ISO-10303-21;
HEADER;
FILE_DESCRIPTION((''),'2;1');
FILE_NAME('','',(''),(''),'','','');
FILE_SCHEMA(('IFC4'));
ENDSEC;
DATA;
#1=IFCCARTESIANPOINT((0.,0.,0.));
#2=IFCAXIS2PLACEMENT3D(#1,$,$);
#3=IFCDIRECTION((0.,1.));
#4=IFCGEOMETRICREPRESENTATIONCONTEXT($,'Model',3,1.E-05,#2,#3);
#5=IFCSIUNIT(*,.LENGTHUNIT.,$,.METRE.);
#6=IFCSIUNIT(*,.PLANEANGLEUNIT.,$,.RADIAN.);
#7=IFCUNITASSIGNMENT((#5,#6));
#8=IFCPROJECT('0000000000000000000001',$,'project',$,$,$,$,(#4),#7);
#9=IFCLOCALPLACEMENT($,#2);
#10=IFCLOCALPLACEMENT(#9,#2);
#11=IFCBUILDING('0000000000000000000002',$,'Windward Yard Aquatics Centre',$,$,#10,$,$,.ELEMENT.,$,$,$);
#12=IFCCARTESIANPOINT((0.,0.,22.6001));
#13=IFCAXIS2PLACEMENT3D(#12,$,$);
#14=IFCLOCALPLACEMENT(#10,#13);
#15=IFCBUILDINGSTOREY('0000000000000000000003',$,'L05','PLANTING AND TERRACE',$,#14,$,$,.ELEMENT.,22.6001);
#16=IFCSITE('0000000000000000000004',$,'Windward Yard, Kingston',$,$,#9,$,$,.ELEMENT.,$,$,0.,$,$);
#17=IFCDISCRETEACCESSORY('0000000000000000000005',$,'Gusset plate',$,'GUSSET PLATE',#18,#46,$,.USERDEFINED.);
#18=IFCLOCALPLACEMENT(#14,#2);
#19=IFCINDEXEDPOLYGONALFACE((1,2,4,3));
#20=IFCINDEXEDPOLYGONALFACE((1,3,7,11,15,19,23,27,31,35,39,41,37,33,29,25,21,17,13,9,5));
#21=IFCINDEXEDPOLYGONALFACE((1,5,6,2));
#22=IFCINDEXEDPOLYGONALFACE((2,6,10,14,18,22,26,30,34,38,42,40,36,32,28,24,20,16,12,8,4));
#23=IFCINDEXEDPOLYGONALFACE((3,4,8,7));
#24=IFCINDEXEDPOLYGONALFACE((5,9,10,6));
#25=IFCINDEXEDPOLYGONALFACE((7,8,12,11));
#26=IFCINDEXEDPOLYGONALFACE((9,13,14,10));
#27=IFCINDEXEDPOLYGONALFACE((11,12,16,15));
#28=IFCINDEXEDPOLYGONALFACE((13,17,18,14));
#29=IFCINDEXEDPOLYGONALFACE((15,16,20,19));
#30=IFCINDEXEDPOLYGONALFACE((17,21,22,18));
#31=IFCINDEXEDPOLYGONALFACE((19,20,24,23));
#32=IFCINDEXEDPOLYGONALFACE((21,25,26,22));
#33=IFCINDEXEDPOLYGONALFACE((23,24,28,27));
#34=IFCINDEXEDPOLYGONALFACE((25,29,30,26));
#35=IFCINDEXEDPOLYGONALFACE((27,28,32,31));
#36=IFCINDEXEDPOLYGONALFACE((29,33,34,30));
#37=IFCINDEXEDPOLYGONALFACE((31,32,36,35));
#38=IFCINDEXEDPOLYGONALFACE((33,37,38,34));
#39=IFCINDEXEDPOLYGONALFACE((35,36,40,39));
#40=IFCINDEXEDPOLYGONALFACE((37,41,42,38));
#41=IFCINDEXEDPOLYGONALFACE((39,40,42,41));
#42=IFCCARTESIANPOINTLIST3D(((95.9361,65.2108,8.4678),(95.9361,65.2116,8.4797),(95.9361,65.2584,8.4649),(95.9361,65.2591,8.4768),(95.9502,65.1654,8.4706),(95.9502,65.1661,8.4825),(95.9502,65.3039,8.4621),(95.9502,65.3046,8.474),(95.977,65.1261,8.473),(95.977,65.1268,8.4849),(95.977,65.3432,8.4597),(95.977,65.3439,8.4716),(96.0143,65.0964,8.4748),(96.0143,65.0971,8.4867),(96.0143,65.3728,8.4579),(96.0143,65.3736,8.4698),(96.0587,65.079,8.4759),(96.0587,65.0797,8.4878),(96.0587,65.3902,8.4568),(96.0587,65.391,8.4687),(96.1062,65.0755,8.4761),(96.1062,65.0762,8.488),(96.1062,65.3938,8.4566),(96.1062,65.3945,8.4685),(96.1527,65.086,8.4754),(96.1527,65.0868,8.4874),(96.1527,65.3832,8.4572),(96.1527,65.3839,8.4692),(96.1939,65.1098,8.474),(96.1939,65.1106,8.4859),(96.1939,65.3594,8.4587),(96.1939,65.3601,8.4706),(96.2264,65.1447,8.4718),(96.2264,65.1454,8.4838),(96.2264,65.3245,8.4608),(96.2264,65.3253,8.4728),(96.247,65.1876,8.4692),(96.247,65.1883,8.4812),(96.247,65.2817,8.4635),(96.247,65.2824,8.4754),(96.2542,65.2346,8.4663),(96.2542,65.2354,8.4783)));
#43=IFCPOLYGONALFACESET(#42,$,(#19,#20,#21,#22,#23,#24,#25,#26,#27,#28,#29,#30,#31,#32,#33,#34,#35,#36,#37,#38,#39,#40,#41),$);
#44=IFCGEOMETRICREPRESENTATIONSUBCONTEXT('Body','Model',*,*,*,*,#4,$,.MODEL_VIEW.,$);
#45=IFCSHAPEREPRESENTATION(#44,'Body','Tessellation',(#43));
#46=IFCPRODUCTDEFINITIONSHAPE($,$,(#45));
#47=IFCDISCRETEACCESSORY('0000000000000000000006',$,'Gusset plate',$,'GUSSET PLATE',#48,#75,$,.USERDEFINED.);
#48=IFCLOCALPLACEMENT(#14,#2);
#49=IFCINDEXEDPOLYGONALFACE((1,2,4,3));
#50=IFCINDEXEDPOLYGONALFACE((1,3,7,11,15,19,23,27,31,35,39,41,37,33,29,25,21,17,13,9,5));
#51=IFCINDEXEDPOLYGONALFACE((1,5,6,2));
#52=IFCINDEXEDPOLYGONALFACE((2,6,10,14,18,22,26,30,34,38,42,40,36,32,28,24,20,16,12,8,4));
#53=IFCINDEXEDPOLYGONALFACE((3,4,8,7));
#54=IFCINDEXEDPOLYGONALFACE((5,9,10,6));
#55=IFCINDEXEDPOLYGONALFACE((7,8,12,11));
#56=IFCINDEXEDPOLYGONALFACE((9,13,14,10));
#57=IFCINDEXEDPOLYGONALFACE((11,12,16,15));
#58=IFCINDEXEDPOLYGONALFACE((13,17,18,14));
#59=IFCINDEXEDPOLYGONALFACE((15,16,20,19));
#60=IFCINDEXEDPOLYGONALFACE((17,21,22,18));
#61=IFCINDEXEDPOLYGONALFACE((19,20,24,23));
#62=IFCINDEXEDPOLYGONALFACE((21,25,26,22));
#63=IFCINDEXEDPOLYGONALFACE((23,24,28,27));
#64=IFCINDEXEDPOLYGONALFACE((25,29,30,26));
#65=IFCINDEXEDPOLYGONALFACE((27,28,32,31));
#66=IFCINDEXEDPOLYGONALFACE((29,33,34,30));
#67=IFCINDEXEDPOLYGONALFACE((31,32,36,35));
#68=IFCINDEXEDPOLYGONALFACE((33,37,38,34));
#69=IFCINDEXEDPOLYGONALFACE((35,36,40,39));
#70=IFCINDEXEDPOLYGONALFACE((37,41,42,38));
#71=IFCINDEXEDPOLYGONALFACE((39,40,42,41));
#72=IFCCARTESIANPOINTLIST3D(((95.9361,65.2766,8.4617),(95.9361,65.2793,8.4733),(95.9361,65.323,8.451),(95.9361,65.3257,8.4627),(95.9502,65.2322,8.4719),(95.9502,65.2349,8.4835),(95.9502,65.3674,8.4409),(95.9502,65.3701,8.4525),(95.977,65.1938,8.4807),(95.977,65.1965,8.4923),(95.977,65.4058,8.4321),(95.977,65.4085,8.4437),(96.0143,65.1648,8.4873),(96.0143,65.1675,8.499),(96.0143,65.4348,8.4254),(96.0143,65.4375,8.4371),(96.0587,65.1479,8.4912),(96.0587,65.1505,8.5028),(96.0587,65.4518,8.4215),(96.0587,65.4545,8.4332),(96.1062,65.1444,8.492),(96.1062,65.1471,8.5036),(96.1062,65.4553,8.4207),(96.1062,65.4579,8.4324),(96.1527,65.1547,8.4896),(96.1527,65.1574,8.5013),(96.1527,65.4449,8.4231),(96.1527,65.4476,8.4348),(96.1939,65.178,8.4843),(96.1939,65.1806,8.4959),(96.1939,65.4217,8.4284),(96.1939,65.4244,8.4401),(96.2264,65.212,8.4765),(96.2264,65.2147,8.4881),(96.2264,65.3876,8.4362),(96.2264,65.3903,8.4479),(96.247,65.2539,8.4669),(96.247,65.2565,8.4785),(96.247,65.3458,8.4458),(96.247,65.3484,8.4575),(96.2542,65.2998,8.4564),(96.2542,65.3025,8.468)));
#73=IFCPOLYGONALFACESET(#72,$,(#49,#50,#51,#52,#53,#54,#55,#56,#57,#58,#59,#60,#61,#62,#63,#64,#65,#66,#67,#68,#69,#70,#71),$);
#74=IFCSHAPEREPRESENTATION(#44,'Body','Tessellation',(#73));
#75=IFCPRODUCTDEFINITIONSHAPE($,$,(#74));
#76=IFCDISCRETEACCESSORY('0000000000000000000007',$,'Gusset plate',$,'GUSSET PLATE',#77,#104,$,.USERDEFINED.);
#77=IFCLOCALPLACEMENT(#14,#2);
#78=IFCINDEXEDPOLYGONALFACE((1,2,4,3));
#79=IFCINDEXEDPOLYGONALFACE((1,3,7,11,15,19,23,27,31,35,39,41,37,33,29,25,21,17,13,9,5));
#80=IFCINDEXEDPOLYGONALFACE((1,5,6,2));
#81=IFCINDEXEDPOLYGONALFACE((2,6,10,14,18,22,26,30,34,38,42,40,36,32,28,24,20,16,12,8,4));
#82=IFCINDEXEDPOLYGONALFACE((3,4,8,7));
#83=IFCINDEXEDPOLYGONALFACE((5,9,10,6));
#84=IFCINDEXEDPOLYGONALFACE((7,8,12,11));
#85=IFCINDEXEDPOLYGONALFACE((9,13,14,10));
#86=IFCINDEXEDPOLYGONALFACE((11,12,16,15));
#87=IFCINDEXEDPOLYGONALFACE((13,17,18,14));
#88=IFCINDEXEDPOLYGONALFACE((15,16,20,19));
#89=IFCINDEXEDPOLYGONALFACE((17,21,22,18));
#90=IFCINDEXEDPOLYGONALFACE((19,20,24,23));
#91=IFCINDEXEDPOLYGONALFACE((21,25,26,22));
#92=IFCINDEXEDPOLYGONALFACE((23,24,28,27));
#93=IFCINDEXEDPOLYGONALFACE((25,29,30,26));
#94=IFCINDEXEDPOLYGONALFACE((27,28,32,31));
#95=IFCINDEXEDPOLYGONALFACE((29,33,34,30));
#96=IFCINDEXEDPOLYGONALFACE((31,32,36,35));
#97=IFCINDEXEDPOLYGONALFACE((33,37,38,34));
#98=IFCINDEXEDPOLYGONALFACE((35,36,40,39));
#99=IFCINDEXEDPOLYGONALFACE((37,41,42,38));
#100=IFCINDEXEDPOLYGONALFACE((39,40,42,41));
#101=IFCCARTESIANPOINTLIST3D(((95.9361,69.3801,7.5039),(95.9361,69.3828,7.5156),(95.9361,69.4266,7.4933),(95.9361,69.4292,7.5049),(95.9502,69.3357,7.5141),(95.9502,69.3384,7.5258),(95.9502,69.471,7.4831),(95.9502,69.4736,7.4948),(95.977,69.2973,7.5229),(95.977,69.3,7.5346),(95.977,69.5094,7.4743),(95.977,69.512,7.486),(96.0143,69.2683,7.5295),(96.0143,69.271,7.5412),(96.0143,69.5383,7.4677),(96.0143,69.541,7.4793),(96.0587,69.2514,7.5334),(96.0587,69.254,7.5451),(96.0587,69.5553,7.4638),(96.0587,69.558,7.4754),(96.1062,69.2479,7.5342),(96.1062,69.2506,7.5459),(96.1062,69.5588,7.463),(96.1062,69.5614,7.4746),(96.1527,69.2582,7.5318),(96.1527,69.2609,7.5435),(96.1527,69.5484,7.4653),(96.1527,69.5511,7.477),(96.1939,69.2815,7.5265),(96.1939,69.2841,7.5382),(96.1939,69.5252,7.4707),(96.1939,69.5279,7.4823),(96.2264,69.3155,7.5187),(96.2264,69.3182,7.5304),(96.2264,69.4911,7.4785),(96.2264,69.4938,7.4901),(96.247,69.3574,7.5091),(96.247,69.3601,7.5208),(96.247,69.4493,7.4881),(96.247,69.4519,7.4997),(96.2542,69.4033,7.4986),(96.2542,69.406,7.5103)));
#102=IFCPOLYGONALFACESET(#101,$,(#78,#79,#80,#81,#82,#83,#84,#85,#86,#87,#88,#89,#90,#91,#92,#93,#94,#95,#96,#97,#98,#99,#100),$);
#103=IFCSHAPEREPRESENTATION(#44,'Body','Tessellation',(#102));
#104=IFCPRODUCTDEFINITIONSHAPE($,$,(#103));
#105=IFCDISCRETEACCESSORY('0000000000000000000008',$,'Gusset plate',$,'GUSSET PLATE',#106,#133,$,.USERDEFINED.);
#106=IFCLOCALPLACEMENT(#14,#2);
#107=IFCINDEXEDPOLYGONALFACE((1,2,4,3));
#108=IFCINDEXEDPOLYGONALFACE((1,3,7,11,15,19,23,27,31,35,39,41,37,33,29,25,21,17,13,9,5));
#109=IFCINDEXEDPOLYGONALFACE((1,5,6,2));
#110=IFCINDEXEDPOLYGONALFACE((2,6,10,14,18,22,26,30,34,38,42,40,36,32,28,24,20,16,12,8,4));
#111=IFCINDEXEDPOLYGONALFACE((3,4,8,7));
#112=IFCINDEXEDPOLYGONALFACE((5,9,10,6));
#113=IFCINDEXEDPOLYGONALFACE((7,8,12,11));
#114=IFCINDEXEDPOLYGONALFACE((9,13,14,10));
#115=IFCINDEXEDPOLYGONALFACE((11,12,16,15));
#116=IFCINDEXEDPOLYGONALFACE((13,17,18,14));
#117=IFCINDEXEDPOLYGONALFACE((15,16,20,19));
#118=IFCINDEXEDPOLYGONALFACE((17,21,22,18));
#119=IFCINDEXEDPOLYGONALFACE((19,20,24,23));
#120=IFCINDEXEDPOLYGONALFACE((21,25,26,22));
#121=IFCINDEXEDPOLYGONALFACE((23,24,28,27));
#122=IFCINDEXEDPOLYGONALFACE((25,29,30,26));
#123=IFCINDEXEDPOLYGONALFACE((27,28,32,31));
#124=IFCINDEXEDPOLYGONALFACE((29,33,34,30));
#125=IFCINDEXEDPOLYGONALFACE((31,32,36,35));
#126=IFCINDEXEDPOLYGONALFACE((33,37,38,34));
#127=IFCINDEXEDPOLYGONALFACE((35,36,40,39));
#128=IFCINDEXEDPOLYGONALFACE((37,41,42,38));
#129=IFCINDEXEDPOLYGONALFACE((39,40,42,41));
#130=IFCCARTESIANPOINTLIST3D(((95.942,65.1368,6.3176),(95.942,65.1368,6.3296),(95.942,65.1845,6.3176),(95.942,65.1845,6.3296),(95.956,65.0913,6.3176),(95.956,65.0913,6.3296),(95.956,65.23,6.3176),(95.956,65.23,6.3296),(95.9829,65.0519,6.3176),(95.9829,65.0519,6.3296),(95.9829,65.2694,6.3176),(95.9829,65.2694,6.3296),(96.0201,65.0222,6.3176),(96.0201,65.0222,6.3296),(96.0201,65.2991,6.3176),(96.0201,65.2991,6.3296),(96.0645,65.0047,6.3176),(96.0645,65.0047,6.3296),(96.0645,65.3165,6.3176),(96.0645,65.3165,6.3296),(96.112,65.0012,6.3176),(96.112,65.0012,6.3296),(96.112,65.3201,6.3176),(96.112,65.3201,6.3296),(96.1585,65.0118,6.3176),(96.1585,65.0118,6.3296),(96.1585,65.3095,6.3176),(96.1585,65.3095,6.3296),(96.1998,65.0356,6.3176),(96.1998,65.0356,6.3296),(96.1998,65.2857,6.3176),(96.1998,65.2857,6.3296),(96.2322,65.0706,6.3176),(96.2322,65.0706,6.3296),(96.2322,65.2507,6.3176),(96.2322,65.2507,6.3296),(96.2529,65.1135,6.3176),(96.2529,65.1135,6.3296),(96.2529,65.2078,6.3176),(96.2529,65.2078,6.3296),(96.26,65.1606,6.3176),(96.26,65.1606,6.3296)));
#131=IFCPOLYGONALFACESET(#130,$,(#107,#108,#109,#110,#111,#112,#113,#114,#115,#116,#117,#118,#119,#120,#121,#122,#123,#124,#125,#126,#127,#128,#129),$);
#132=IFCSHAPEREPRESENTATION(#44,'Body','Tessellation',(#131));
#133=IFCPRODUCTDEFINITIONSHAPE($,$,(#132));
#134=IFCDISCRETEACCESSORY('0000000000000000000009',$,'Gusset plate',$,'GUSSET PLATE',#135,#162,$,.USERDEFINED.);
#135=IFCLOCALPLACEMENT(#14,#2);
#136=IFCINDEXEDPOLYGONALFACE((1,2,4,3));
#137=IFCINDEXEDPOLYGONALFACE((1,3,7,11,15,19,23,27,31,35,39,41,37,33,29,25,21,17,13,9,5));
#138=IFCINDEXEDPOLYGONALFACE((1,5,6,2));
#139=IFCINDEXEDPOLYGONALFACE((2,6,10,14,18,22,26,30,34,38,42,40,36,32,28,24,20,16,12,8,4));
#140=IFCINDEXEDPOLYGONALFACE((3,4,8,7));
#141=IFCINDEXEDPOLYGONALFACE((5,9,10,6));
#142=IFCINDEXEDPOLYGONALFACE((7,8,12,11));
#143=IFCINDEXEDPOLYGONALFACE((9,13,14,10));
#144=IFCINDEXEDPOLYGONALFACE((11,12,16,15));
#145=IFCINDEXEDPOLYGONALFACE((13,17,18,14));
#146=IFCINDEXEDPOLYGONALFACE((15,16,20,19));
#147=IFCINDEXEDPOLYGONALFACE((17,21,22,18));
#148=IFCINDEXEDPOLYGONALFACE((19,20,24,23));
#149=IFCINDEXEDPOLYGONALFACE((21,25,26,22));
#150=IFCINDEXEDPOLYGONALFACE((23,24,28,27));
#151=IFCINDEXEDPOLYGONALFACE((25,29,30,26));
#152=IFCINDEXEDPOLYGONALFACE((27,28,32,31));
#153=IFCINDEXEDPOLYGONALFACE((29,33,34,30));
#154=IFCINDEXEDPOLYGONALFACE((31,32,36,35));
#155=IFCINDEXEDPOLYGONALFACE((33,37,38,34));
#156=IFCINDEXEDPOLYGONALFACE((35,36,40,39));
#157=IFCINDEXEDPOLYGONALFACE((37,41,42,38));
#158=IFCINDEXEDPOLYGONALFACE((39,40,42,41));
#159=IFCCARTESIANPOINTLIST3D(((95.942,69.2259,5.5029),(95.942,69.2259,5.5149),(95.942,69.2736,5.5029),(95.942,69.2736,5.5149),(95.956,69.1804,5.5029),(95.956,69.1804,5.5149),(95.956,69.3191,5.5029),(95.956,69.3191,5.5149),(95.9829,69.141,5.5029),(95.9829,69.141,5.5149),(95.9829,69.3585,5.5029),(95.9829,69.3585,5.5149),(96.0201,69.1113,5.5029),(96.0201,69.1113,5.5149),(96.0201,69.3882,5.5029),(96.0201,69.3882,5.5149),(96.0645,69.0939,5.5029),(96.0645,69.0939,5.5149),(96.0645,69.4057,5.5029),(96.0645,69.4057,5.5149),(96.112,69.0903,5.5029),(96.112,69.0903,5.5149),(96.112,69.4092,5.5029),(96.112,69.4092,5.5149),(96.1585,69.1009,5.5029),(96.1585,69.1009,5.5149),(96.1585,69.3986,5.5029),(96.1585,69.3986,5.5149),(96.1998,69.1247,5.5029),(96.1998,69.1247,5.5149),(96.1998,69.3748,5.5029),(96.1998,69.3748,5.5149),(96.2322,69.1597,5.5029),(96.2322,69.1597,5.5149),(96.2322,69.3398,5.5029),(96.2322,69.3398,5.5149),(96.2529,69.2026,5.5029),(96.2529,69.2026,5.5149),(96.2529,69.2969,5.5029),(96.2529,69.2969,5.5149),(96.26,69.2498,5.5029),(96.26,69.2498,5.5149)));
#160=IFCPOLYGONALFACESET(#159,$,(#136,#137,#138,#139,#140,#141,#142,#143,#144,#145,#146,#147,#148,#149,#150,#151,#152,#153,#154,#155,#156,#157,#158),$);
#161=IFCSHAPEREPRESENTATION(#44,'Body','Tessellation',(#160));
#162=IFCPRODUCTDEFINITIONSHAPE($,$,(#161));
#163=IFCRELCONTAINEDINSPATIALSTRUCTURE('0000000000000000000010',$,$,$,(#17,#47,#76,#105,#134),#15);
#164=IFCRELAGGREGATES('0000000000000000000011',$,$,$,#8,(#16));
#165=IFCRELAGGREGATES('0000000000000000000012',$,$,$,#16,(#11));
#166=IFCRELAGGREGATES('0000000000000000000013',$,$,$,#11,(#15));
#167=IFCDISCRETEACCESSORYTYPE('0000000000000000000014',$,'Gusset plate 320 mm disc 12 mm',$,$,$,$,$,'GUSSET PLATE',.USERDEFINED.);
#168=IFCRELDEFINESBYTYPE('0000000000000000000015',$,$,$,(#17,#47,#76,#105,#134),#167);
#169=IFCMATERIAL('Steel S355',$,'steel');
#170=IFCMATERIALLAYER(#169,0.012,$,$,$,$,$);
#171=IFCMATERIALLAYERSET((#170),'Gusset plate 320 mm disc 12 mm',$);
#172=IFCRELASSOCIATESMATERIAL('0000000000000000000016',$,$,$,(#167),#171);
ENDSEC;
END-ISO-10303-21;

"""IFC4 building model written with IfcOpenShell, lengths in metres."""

from ifc_helpers import new_model, si_unit, direction, frame, origin, origin_2d, place, context, subcontext, project, spatial, circle, extrude, material, layer, layer_set, type_object, element, save


model = new_model("IFC4")

# Units and contexts
model_context = context("Model", 3, precision=1e-05, world=origin(), true_north=direction((0.0, 1.0)))
body_context = subcontext(model_context, "Body", "Model", "MODEL_VIEW")
ifc_project = project(units=[si_unit("LENGTHUNIT", "METRE"), si_unit("PLANEANGLEUNIT", "RADIAN")], contexts=[model_context])

# Site, building, storey
site_placement = place(None, origin())
site = spatial("IfcSite", under=ifc_project, at=site_placement, Name="Windward Yard, Kingston", CompositionType="ELEMENT", RefElevation=0.0)
building_placement = place(site_placement, origin())
building = spatial("IfcBuilding", under=site, at=building_placement, Name="Windward Yard Aquatics Centre", CompositionType="ELEMENT")
storey_placement = place(building_placement, frame((0.0, 0.0, 22.6001)))
storey = spatial("IfcBuildingStorey", under=building, at=storey_placement, Name="L05", Description="PLANTING AND TERRACE", CompositionType="ELEMENT", Elevation=22.6001)

# Discrete accessories
ifc_material_1 = material(Name="Steel S355", Category="steel")
ifc_layer = layer(ifc_material_1, 0.012)
ifc_layer_set = layer_set([ifc_layer], Name="Gusset plate 320 mm disc 12 mm")
discrete_accessory_type = type_object("IfcDiscreteAccessoryType", Name="Gusset plate 320 mm disc 12 mm", ElementType="GUSSET PLATE", PredefinedType="USERDEFINED", material=ifc_layer_set)
for number, where, z_axis, x_axis, name in (
    (1, (96.0942, 65.2354, 8.4783), (0.0, -0.06111, -0.998131), (1.0, 0.0, 0.0), "Gusset plate"),
    (2, (96.0942, 65.3025, 8.468), (0.0, -0.223376, -0.974732), (1.0, 0.0, 0.0), "Gusset plate"),
    (3, (96.0942, 69.406, 7.5103), (0.0, -0.223376, -0.974732), (1.0, 0.0, 0.0), "Gusset plate"),
    (4, (96.1001, 65.1606, 6.3176), (0.0, 0.0, 1.0), (1.0, 0.0, 0.0), "Gusset plate"),
    (5, (96.1001, 69.2498, 5.5029), (0.0, 0.0, 1.0), (1.0, 0.0, 0.0), "Gusset plate"),
):
    element("IfcDiscreteAccessory", number, at=place(storey_placement, frame(where, z_axis=z_axis, x_axis=x_axis)), inside=storey, type_object=discrete_accessory_type, Name=name, ObjectType="GUSSET PLATE", PredefinedType="USERDEFINED", context=body_context, shape_type="SweptSolid", body=[
        extrude(circle(Radius=0.1599, at=origin_2d()), origin(), (0.0, 0.0, 1.0), 0.012),
    ])

save(model, "model.ifc")
